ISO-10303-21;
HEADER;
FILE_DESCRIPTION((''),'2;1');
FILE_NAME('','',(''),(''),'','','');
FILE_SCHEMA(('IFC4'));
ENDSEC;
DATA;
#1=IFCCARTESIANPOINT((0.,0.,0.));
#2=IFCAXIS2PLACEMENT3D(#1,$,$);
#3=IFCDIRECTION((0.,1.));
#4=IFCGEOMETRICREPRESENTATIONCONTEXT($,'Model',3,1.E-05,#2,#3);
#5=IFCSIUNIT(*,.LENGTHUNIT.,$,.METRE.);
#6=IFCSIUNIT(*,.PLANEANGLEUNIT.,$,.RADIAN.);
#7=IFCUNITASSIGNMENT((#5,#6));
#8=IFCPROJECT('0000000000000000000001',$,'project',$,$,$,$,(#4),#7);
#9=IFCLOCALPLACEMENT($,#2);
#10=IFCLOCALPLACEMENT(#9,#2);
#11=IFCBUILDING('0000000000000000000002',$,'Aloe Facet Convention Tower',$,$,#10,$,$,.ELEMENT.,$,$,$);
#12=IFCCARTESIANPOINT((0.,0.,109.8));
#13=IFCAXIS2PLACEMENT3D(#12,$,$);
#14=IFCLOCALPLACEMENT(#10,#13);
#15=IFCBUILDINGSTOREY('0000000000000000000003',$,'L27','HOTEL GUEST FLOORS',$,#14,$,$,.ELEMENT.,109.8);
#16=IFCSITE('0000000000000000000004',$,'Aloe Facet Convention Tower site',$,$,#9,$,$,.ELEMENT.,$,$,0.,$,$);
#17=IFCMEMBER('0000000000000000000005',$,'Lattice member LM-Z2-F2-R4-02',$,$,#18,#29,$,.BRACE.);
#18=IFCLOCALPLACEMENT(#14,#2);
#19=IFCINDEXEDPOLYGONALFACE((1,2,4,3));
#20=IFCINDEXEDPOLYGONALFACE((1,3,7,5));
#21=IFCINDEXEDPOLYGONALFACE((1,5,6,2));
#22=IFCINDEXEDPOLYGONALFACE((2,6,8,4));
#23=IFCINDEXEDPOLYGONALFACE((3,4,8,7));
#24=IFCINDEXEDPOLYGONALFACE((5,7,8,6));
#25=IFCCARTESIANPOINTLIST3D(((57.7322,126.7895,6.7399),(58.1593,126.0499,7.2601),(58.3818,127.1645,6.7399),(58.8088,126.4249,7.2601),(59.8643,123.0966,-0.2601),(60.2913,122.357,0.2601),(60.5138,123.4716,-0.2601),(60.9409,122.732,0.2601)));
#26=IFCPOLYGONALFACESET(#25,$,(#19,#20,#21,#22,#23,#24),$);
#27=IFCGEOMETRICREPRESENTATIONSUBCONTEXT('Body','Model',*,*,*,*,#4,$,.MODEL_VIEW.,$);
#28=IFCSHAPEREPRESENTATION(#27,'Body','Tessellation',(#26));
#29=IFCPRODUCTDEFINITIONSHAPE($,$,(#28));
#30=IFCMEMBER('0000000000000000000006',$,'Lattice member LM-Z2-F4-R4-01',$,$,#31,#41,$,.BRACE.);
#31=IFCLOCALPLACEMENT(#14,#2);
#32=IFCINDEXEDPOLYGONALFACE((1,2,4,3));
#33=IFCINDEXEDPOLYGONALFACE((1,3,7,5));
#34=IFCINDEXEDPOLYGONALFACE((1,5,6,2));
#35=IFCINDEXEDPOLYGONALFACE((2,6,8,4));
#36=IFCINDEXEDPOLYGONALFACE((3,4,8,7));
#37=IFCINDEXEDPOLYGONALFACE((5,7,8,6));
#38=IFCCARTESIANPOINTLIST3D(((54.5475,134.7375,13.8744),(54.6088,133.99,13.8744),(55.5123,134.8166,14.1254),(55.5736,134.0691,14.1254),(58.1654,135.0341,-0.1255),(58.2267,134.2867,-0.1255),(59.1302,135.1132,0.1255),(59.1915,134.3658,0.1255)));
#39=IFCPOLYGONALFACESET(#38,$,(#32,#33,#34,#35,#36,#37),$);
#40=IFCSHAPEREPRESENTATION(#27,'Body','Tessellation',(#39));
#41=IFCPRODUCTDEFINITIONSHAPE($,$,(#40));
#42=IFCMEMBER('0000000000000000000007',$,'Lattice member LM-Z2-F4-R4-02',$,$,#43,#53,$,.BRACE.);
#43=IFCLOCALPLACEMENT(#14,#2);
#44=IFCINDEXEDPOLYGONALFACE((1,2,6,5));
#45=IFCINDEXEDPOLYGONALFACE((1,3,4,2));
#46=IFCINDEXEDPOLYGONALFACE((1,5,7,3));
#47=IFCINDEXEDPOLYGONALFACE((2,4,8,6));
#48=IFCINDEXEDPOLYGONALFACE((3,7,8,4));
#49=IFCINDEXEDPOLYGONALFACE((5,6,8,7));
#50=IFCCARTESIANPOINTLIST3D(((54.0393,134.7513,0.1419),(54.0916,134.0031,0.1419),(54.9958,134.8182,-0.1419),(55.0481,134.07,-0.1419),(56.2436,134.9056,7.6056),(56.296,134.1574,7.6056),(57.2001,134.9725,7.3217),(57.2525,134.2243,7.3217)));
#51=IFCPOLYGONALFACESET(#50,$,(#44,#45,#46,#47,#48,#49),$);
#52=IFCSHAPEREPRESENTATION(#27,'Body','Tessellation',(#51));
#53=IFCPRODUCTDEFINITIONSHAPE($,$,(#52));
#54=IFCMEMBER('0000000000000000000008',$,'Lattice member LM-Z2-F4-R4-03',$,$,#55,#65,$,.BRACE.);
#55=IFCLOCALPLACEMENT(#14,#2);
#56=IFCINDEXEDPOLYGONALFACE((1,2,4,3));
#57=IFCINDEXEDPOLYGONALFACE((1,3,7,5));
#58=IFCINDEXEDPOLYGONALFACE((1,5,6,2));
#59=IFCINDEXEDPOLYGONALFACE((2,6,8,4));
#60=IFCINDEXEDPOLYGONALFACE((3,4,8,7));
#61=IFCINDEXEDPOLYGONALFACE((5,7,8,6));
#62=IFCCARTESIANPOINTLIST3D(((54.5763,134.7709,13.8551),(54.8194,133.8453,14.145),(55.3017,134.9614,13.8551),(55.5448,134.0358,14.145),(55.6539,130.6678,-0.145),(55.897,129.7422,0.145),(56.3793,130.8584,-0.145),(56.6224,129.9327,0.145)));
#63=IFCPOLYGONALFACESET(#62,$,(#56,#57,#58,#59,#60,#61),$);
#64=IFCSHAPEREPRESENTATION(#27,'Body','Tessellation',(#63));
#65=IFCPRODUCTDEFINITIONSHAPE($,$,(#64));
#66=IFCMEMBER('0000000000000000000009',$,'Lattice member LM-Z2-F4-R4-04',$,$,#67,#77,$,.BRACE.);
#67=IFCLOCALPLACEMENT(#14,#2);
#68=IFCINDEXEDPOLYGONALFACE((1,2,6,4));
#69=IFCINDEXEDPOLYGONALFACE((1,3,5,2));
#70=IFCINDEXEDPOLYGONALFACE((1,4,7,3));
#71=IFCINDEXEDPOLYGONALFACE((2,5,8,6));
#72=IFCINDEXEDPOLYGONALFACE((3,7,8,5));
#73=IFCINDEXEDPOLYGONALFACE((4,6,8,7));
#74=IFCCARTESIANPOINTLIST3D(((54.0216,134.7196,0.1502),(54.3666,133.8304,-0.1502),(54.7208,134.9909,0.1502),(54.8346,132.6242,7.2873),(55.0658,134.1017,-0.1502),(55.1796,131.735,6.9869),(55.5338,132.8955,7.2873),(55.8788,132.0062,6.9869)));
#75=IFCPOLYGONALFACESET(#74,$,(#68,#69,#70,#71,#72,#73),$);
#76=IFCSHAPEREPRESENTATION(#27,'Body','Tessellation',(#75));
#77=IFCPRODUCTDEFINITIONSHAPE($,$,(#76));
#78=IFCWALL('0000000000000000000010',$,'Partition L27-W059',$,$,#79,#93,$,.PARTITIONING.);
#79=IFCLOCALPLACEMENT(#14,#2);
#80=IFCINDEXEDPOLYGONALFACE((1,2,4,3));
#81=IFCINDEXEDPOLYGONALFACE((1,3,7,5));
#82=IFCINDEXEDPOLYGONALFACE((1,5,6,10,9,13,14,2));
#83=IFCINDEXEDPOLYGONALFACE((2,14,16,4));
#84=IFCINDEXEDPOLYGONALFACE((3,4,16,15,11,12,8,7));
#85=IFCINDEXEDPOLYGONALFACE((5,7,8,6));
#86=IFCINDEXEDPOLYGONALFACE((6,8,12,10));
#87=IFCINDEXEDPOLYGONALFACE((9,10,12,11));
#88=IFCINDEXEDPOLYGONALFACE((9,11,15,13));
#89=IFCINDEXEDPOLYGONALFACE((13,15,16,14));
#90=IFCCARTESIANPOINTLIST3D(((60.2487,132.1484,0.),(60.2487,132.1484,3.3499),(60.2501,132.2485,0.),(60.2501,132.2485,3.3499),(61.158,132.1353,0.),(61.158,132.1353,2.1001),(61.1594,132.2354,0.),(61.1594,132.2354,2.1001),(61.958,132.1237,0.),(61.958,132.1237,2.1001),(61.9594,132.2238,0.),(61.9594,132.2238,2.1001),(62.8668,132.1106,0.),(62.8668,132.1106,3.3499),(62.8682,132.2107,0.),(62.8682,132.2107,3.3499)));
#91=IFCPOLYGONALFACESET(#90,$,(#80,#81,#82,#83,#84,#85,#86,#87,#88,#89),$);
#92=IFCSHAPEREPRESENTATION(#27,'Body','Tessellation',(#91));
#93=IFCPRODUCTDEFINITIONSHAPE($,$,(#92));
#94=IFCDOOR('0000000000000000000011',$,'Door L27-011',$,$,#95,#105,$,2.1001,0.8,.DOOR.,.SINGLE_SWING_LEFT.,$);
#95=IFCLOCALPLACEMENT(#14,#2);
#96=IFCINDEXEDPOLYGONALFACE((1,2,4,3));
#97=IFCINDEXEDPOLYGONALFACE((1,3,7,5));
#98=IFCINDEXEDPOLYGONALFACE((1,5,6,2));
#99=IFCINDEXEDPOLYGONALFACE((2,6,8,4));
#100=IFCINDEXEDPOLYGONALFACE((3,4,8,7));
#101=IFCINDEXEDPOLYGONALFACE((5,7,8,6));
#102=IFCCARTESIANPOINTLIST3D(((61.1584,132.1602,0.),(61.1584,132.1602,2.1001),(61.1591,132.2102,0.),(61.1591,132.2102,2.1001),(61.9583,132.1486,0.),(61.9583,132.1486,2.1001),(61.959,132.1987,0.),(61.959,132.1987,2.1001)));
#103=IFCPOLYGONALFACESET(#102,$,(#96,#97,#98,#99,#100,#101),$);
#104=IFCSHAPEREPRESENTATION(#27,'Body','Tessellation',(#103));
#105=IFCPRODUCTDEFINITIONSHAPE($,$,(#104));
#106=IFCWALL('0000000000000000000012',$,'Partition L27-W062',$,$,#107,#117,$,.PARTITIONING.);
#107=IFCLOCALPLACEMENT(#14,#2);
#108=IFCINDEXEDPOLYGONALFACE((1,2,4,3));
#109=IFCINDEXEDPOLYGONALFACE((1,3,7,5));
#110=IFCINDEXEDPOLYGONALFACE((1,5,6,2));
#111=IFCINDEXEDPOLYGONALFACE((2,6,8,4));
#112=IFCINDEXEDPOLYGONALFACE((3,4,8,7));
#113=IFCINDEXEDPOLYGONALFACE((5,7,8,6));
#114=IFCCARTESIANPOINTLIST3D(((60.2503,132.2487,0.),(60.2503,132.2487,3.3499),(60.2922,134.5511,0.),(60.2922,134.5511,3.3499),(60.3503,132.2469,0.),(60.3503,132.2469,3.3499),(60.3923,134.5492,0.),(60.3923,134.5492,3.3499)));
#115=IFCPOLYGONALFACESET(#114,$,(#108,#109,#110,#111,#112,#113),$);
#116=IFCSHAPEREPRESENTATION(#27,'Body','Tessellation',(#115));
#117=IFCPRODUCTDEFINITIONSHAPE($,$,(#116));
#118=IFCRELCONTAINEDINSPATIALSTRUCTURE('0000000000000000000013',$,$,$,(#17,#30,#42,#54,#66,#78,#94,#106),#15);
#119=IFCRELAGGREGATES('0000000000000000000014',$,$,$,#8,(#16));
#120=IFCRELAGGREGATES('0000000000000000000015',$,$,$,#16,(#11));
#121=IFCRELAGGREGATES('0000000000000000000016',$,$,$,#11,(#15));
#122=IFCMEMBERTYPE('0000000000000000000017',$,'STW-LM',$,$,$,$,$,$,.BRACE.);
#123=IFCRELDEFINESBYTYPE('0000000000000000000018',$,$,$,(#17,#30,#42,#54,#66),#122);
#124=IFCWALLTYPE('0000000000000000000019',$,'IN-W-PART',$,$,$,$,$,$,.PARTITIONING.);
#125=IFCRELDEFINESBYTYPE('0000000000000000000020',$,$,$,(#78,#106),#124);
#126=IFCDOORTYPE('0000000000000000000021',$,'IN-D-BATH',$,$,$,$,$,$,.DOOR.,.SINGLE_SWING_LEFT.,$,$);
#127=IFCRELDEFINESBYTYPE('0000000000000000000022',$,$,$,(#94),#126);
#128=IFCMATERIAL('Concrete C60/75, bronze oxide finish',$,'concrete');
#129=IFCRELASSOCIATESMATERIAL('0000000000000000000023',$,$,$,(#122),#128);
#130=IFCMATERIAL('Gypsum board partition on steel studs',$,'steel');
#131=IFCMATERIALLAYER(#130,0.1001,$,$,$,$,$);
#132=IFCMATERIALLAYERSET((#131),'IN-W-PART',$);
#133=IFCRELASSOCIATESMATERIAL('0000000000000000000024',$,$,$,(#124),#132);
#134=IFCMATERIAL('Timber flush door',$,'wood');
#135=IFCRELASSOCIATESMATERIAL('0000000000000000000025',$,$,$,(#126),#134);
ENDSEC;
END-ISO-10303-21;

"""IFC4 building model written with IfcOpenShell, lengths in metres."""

from ifc_helpers import new_model, si_unit, direction, frame, frame_2d, origin, origin_2d, place, context, subcontext, project, spatial, rectangle, extrude, material, layer, layer_set, material_profile, profile_set, type_object, element, fill, save


model = new_model("IFC4")

# Units and contexts
model_context = context("Model", 3, precision=1e-05, world=origin(), true_north=direction((0.0, 1.0)))
body_context = subcontext(model_context, "Body", "Model", "MODEL_VIEW")
ifc_project = project(units=[si_unit("LENGTHUNIT", "METRE"), si_unit("PLANEANGLEUNIT", "RADIAN")], contexts=[model_context])

# Site, building, storey
site_placement = place(None, origin())
site = spatial("IfcSite", under=ifc_project, at=site_placement, Name="Aloe Facet Convention Tower site", CompositionType="ELEMENT", RefElevation=0.0)
building_placement = place(site_placement, origin())
building = spatial("IfcBuilding", under=site, at=building_placement, Name="Aloe Facet Convention Tower", CompositionType="ELEMENT")
storey_placement = place(building_placement, frame((0.0, 0.0, 109.8)))
storey = spatial("IfcBuildingStorey", under=building, at=storey_placement, Name="L27", Description="HOTEL GUEST FLOORS", CompositionType="ELEMENT", Elevation=109.8)

# Members
ifc_material_1 = material(Name="Concrete C60/75, bronze oxide finish", Category="concrete")
ifc_material_profile_1 = material_profile(ifc_material_1, rectangle(XDim=0.75, YDim=1.0, at=origin_2d()), Name="STW-LM")
ifc_profile_set_1 = profile_set([ifc_material_profile_1], Name="Concrete C60/75, bronze oxide finish")
member_type = type_object("IfcMemberType", Name="STW-LM", PredefinedType="BRACE", material=ifc_profile_set_1)
member_1_placement = place(storey_placement, frame((60.4026, 122.9143, 0.0), z_axis=(-0.26012, 0.450541, 0.85402), x_axis=(-0.866025, -0.5, 0.0)))
element("IfcMember", 1, at=member_1_placement, inside=storey, type_object=member_type, Name="Lattice member LM-Z2-F2-R4-02", PredefinedType="BRACE", context=body_context, shape_type="SweptSolid", body=[
    extrude(rectangle(XDim=0.75, YDim=1.0, at=origin_2d()), origin(), (0.0, 0.0, 1.0), 8.1965),
])
member_2_placement = place(storey_placement, frame((58.6785, 134.7, 0.0), z_axis=(-0.250151, -0.02051, 0.96799), x_axis=(0.081715, -0.996656, 0.0)))
element("IfcMember", 2, at=member_2_placement, inside=storey, type_object=member_type, Name="Lattice member LM-Z2-F4-R4-01", PredefinedType="BRACE", context=body_context, shape_type="SweptSolid", body=[
    extrude(rectangle(XDim=0.75, YDim=1.0, at=origin_2d()), origin(), (0.0, 0.0, 1.0), 14.4629),
])
member_3_placement = place(storey_placement, frame((54.5437, 134.4106, 0.0), z_axis=(0.283194, 0.019823, 0.958858), x_axis=(-0.069826, 0.997559, 0.0)))
element("IfcMember", 3, at=member_3_placement, inside=storey, type_object=member_type, Name="Lattice member LM-Z2-F4-R4-02", PredefinedType="BRACE", context=body_context, shape_type="SweptSolid", body=[
    extrude(rectangle(XDim=0.75, YDim=1.0, at=origin_2d()), origin(), (0.0, 0.0, 1.0), 7.7839),
])
member_4_placement = place(storey_placement, frame((56.1382, 130.3003, 0.0), z_axis=(-0.073666, 0.28048, 0.957029), x_axis=(-0.967197, -0.254029, 0.0)))
element("IfcMember", 4, at=member_4_placement, inside=storey, type_object=member_type, Name="Lattice member LM-Z2-F4-R4-03", PredefinedType="BRACE", context=body_context, shape_type="SweptSolid", body=[
    extrude(rectangle(XDim=0.75, YDim=1.0, at=origin_2d()), origin(), (0.0, 0.0, 1.0), 14.6287),
])
member_5_placement = place(storey_placement, frame((54.5437, 134.4106, 0.0), z_axis=(0.108648, -0.280038, 0.953821), x_axis=(0.932292, 0.361707, 0.0)))
element("IfcMember", 5, at=member_5_placement, inside=storey, type_object=member_type, Name="Lattice member LM-Z2-F4-R4-04", PredefinedType="BRACE", context=body_context, shape_type="SweptSolid", body=[
    extrude(rectangle(XDim=0.75, YDim=1.0, at=origin_2d()), origin(), (0.0, 0.0, 1.0), 7.4827),
])

# Wall, opening, door
ifc_material_2 = material(Name="Gypsum board partition on steel studs", Category="steel")
ifc_layer_1 = layer(ifc_material_2, 0.1001)
ifc_layer_set_1 = layer_set([ifc_layer_1], Name="IN-W-PART")
wall_type_1 = type_object("IfcWallType", Name="IN-W-PART", PredefinedType="PARTITIONING", material=ifc_layer_set_1)
wall_1_placement = place(storey_placement, frame((60.2495, 132.1985, 0.0), z_axis=(0.0, 0.0, 1.0), x_axis=(0.999896, -0.014452, 0.0)))
wall_1 = element("IfcWall", 6, at=wall_1_placement, inside=storey, type_object=wall_type_1, Name="Partition L27-W059", PredefinedType="PARTITIONING", context=body_context, shape_type="SweptSolid", body=[
    extrude(rectangle(XDim=2.6184, YDim=0.1001, at=frame_2d((1.3091, 0.0))), origin(), (0.0, 0.0, 1.0), 3.3499),
])
opening_1_placement = place(wall_1_placement, frame((0.9094, 0.0, 0.0)))
opening_1 = element("IfcOpeningElement", 7, at=opening_1_placement, cuts=wall_1, PredefinedType="OPENING", context=body_context, shape_type="SweptSolid", body=[
    extrude(rectangle(XDim=0.8, YDim=2.1001, at=frame_2d((0.3999, 1.05))), frame((0.0, 0.0601, 0.0), z_axis=(0.0, -1.0, 0.0), x_axis=(1.0, 0.0, 0.0)), (0.0, 0.0, 1.0), 0.1201),
])
ifc_material_3 = material(Name="Timber flush door", Category="wood")
door_type = type_object("IfcDoorType", Name="IN-D-BATH", OperationType="SINGLE_SWING_LEFT", PredefinedType="DOOR", material=ifc_material_3)
door_placement = place(opening_1_placement, origin())
door = element("IfcDoor", 8, at=door_placement, inside=storey, type_object=door_type, Name="Door L27-011", OperationType="SINGLE_SWING_LEFT", OverallHeight=2.1001, OverallWidth=0.8, PredefinedType="DOOR", context=body_context, shape_type="SweptSolid", body=[
    extrude(rectangle(XDim=0.8, YDim=2.1001, at=frame_2d((0.3999, 1.05))), frame((0.0, 0.0249, 0.0), z_axis=(0.0, -1.0, 0.0), x_axis=(1.0, 0.0, 0.0)), (0.0, 0.0, 1.0), 0.05),
])
fill(opening_1, door)

# Wall
wall_2_placement = place(storey_placement, frame((60.3003, 132.2478, 0.0), z_axis=(0.0, 0.0, 1.0), x_axis=(0.018237, 0.999834, 0.0)))
element("IfcWall", 9, at=wall_2_placement, inside=storey, type_object=wall_type_1, Name="Partition L27-W062", PredefinedType="PARTITIONING", context=body_context, shape_type="SweptSolid", body=[
    extrude(rectangle(XDim=2.3027, YDim=0.1001, at=frame_2d((1.1514, 0.0))), origin(), (0.0, 0.0, 1.0), 3.3499),
])

save(model, "model.ifc")
